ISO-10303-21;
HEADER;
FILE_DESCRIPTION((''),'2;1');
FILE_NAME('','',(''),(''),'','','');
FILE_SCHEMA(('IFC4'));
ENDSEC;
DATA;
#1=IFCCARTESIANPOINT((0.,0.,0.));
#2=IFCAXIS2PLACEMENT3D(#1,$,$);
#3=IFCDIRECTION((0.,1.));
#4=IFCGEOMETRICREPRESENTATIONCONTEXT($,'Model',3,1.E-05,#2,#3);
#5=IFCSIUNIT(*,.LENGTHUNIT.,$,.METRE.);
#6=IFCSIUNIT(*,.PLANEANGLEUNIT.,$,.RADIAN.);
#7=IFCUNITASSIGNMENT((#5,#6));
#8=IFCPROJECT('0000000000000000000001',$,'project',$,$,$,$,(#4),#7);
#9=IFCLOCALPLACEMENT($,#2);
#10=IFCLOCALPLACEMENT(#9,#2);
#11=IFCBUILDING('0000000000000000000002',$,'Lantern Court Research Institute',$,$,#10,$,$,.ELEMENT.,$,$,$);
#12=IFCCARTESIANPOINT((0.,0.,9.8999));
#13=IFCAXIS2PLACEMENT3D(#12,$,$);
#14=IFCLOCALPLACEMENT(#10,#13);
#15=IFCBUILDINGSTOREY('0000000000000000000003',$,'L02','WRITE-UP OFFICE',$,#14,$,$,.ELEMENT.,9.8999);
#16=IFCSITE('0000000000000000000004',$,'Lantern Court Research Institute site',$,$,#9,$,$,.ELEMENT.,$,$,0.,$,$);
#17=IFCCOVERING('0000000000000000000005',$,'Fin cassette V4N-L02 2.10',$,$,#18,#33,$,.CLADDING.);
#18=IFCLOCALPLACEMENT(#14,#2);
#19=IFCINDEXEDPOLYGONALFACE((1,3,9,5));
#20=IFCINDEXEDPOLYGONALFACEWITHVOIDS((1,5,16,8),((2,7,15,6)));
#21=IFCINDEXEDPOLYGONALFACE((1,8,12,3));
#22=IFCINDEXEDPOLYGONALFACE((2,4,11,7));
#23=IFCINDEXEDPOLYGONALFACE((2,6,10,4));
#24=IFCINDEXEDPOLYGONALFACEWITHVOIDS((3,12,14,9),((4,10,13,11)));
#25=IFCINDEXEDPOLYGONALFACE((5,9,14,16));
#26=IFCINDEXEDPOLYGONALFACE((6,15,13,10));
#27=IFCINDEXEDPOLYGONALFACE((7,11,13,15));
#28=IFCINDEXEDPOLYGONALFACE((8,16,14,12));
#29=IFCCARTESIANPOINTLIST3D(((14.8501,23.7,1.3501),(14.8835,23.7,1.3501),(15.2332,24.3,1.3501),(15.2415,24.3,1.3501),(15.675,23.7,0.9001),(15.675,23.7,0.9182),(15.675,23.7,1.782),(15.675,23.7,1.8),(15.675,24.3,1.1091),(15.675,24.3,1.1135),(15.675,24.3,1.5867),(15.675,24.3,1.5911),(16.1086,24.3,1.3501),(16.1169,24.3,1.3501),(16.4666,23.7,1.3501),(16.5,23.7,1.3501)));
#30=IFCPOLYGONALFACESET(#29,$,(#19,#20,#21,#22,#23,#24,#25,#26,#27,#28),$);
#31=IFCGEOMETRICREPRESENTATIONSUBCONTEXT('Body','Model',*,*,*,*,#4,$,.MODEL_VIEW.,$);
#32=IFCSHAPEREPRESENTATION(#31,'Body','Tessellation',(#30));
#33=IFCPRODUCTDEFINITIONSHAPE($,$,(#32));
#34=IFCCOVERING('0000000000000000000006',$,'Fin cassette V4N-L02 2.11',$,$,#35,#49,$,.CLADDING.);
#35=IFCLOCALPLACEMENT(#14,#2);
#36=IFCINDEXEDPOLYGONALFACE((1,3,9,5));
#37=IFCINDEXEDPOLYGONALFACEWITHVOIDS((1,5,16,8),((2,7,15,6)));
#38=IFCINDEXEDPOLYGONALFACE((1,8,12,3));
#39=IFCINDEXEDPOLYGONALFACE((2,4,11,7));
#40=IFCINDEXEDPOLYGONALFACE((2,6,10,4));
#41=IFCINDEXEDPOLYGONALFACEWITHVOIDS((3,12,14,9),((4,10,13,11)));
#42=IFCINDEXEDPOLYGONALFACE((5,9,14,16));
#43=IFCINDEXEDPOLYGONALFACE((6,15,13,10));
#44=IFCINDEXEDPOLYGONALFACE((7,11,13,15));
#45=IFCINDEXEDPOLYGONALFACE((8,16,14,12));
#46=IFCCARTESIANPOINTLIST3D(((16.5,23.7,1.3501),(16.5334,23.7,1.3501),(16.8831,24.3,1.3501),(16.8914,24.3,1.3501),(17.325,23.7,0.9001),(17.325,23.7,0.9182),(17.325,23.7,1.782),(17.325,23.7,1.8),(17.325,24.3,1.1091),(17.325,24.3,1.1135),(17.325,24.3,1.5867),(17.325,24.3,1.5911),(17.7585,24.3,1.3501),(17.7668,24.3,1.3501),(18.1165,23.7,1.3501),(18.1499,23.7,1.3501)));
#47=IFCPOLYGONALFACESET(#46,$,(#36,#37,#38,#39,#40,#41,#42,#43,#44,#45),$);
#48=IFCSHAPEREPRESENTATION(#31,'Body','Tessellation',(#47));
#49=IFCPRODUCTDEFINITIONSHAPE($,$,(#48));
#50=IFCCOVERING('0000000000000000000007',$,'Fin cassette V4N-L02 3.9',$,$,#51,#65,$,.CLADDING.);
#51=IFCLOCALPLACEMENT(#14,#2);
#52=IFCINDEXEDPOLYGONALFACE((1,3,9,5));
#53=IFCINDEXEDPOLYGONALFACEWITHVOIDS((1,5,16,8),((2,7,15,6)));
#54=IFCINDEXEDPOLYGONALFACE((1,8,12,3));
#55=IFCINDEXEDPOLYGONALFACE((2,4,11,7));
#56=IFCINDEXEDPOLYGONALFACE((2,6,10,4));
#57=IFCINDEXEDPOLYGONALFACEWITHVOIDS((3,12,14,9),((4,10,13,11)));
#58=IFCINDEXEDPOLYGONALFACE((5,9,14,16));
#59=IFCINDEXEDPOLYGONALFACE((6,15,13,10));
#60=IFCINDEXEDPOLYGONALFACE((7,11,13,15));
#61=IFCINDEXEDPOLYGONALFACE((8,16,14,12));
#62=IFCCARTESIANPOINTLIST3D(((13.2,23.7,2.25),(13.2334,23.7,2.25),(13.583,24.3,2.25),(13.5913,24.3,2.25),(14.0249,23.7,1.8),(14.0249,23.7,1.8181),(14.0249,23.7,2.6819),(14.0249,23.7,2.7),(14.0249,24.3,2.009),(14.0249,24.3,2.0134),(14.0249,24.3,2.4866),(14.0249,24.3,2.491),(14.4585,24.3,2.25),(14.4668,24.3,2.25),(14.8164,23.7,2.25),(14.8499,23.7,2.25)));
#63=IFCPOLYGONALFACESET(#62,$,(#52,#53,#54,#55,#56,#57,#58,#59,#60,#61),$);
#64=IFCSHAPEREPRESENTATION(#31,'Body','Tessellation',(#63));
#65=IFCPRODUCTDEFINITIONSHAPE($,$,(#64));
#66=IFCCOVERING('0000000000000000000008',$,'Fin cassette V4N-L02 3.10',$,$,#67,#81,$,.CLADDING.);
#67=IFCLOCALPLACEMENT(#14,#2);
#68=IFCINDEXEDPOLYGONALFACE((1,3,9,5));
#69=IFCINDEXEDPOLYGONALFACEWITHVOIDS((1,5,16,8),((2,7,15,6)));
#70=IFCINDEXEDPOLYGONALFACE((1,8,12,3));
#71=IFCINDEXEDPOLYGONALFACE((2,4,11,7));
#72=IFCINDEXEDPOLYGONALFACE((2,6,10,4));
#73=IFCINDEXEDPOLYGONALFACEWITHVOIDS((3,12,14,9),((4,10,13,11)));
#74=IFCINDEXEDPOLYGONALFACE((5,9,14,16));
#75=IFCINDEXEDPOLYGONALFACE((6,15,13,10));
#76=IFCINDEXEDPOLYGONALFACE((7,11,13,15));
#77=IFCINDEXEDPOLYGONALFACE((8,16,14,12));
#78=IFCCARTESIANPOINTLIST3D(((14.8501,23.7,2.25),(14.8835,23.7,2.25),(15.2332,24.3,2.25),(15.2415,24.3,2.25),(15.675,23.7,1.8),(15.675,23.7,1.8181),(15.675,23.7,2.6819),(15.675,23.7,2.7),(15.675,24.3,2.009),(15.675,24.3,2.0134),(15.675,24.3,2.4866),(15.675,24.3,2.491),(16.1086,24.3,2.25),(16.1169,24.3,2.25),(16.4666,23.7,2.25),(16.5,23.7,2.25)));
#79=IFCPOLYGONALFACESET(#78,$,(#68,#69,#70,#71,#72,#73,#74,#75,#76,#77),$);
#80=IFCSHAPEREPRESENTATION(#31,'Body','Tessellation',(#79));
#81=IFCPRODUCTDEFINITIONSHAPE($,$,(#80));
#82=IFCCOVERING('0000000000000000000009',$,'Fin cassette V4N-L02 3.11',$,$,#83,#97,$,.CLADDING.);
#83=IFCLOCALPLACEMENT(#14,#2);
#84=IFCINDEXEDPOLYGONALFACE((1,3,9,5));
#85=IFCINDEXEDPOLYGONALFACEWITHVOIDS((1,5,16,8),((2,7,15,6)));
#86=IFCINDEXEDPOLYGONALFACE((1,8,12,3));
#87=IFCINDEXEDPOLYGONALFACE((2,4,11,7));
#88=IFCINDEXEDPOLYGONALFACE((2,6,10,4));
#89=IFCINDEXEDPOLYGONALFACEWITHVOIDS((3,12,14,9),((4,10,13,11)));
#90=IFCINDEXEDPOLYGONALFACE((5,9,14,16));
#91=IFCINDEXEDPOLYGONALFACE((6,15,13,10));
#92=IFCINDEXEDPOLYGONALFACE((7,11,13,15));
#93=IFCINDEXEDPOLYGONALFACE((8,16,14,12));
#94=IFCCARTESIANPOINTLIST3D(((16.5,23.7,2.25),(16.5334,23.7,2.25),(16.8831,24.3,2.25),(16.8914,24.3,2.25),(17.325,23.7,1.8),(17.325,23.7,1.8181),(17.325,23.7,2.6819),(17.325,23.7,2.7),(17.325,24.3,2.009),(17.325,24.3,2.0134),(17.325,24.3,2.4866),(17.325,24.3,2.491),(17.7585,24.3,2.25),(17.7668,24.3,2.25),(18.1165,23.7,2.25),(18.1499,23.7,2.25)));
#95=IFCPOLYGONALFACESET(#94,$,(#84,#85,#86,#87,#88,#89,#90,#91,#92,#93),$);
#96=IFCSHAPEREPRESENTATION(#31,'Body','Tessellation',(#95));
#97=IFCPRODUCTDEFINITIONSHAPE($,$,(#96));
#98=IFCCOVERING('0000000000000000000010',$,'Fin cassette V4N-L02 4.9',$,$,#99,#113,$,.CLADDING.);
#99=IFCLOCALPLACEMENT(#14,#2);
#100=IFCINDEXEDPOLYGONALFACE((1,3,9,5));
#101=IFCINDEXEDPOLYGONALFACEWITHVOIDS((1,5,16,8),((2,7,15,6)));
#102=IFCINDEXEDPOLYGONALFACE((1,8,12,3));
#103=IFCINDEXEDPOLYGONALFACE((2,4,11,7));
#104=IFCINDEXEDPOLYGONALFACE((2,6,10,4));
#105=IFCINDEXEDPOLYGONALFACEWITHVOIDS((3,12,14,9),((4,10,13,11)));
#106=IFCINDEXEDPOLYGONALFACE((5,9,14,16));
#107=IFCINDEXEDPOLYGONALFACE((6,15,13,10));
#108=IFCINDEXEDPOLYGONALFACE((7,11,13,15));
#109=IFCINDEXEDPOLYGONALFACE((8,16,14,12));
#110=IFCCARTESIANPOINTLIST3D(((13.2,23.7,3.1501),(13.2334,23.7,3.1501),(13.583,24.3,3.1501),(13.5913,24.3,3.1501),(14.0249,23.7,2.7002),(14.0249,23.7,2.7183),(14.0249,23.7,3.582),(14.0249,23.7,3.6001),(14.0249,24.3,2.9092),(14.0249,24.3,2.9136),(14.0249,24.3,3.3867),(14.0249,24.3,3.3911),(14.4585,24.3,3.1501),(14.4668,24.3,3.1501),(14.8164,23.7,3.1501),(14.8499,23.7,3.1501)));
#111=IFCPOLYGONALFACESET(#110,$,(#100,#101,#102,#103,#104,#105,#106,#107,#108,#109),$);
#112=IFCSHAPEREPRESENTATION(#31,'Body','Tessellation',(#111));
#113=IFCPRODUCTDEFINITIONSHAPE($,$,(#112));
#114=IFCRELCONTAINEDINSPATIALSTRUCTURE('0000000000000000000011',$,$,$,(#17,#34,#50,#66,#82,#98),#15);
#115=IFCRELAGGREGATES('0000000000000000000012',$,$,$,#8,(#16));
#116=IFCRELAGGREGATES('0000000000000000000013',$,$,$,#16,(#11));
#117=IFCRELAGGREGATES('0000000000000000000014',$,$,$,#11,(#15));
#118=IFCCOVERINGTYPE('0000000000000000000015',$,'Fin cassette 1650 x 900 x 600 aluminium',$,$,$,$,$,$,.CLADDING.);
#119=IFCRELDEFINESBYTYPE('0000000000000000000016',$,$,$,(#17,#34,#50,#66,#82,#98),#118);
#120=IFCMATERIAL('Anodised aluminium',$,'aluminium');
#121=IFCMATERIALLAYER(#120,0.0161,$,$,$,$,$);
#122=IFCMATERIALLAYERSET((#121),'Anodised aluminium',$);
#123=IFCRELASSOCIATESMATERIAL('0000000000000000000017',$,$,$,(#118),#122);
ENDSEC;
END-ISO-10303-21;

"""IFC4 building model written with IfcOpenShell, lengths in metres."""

from ifc_helpers import new_model, entity, si_unit, direction, frame, origin, place, context, subcontext, project, spatial, material, layer, layer_set, type_object, element, save


model = new_model("IFC4")

# Units and contexts
model_context = context("Model", 3, precision=1e-05, world=origin(), true_north=direction((0.0, 1.0)))
body_context = subcontext(model_context, "Body", "Model", "MODEL_VIEW")
ifc_project = project(units=[si_unit("LENGTHUNIT", "METRE"), si_unit("PLANEANGLEUNIT", "RADIAN")], contexts=[model_context])

# Site, building, storey
site_placement = place(None, origin())
site = spatial("IfcSite", under=ifc_project, at=site_placement, Name="Lantern Court Research Institute site", CompositionType="ELEMENT", RefElevation=0.0)
building_placement = place(site_placement, origin())
building = spatial("IfcBuilding", under=site, at=building_placement, Name="Lantern Court Research Institute", CompositionType="ELEMENT")
storey_placement = place(building_placement, frame((0.0, 0.0, 9.8999)))
storey = spatial("IfcBuildingStorey", under=building, at=storey_placement, Name="L02", Description="WRITE-UP OFFICE", CompositionType="ELEMENT", Elevation=9.8999)

# Coverings
ifc_material_1 = material(Name="Anodised aluminium", Category="aluminium")
ifc_layer_1 = layer(ifc_material_1, 0.0161)
ifc_layer_set_1 = layer_set([ifc_layer_1], Name="Anodised aluminium")
covering_type = type_object("IfcCoveringType", Name="Fin cassette 1650 x 900 x 600 aluminium", PredefinedType="CLADDING", material=ifc_layer_set_1)
covering_1_placement = place(storey_placement, frame((15.675, 23.7, 1.3501), z_axis=(0.0, 1.0, 0.0), x_axis=(-1.0, 0.0, 0.0)))
cartesian_point_1 = entity("IfcCartesianPoint", [0.825, 0.0])
cartesian_point_2 = entity("IfcCartesianPoint", [0.7915, 0.0])
cartesian_point_3 = entity("IfcCartesianPoint", [0.4419, 0.0])
cartesian_point_4 = entity("IfcCartesianPoint", [0.4336, 0.0])
element("IfcCovering", 1, at=covering_1_placement, inside=storey, type_object=covering_type, Name="Fin cassette V4N-L02 2.10", PredefinedType="CLADDING", context=body_context, shape_type="SweptSolid", body=[
    entity("IfcExtrudedAreaSolidTapered", entity("IfcArbitraryProfileDefWithVoids", "AREA", None, entity("IfcPolyline", [cartesian_point_1, entity("IfcCartesianPoint", [0.0, 0.45]), entity("IfcCartesianPoint", [-0.825, 0.0]), entity("IfcCartesianPoint", [0.0, -0.45]), cartesian_point_1]), [entity("IfcPolyline", [cartesian_point_2, entity("IfcCartesianPoint", [0.0, 0.4319]), entity("IfcCartesianPoint", [-0.7915, 0.0]), entity("IfcCartesianPoint", [0.0, -0.4319]), cartesian_point_2])]), entity("IfcAxis2Placement3D", entity("IfcCartesianPoint", [0.0, 0.0, 0.0])), entity("IfcDirection", [0.0, 0.0, 1.0]), 0.6001, entity("IfcArbitraryProfileDefWithVoids", "AREA", None, entity("IfcPolyline", [cartesian_point_3, entity("IfcCartesianPoint", [0.0, 0.241]), entity("IfcCartesianPoint", [-0.4419, 0.0]), entity("IfcCartesianPoint", [0.0, -0.241]), cartesian_point_3]), [entity("IfcPolyline", [cartesian_point_4, entity("IfcCartesianPoint", [0.0, 0.2366]), entity("IfcCartesianPoint", [-0.4336, 0.0]), entity("IfcCartesianPoint", [0.0, -0.2366]), cartesian_point_4])])),
])
covering_2_placement = place(storey_placement, frame((17.325, 23.7, 1.3501), z_axis=(0.0, 1.0, 0.0), x_axis=(-1.0, 0.0, 0.0)))
cartesian_point_5 = entity("IfcCartesianPoint", [0.825, 0.0])
cartesian_point_6 = entity("IfcCartesianPoint", [0.7915, 0.0])
cartesian_point_7 = entity("IfcCartesianPoint", [0.4419, 0.0])
cartesian_point_8 = entity("IfcCartesianPoint", [0.4336, 0.0])
element("IfcCovering", 2, at=covering_2_placement, inside=storey, type_object=covering_type, Name="Fin cassette V4N-L02 2.11", PredefinedType="CLADDING", context=body_context, shape_type="SweptSolid", body=[
    entity("IfcExtrudedAreaSolidTapered", entity("IfcArbitraryProfileDefWithVoids", "AREA", None, entity("IfcPolyline", [cartesian_point_5, entity("IfcCartesianPoint", [0.0, 0.45]), entity("IfcCartesianPoint", [-0.825, 0.0]), entity("IfcCartesianPoint", [0.0, -0.45]), cartesian_point_5]), [entity("IfcPolyline", [cartesian_point_6, entity("IfcCartesianPoint", [0.0, 0.4319]), entity("IfcCartesianPoint", [-0.7915, 0.0]), entity("IfcCartesianPoint", [0.0, -0.4319]), cartesian_point_6])]), entity("IfcAxis2Placement3D", entity("IfcCartesianPoint", [0.0, 0.0, 0.0])), entity("IfcDirection", [0.0, 0.0, 1.0]), 0.6001, entity("IfcArbitraryProfileDefWithVoids", "AREA", None, entity("IfcPolyline", [cartesian_point_7, entity("IfcCartesianPoint", [0.0, 0.241]), entity("IfcCartesianPoint", [-0.4419, 0.0]), entity("IfcCartesianPoint", [0.0, -0.241]), cartesian_point_7]), [entity("IfcPolyline", [cartesian_point_8, entity("IfcCartesianPoint", [0.0, 0.2366]), entity("IfcCartesianPoint", [-0.4336, 0.0]), entity("IfcCartesianPoint", [0.0, -0.2366]), cartesian_point_8])])),
])
covering_3_placement = place(storey_placement, frame((14.0249, 23.7, 2.25), z_axis=(0.0, 1.0, 0.0), x_axis=(-1.0, 0.0, 0.0)))
cartesian_point_9 = entity("IfcCartesianPoint", [0.825, 0.0])
cartesian_point_10 = entity("IfcCartesianPoint", [0.7915, 0.0])
cartesian_point_11 = entity("IfcCartesianPoint", [0.4419, 0.0])
cartesian_point_12 = entity("IfcCartesianPoint", [0.4336, 0.0])
element("IfcCovering", 3, at=covering_3_placement, inside=storey, type_object=covering_type, Name="Fin cassette V4N-L02 3.9", PredefinedType="CLADDING", context=body_context, shape_type="SweptSolid", body=[
    entity("IfcExtrudedAreaSolidTapered", entity("IfcArbitraryProfileDefWithVoids", "AREA", None, entity("IfcPolyline", [cartesian_point_9, entity("IfcCartesianPoint", [0.0, 0.45]), entity("IfcCartesianPoint", [-0.825, 0.0]), entity("IfcCartesianPoint", [0.0, -0.45]), cartesian_point_9]), [entity("IfcPolyline", [cartesian_point_10, entity("IfcCartesianPoint", [0.0, 0.4319]), entity("IfcCartesianPoint", [-0.7915, 0.0]), entity("IfcCartesianPoint", [0.0, -0.4319]), cartesian_point_10])]), entity("IfcAxis2Placement3D", entity("IfcCartesianPoint", [0.0, 0.0, 0.0])), entity("IfcDirection", [0.0, 0.0, 1.0]), 0.6001, entity("IfcArbitraryProfileDefWithVoids", "AREA", None, entity("IfcPolyline", [cartesian_point_11, entity("IfcCartesianPoint", [0.0, 0.241]), entity("IfcCartesianPoint", [-0.4419, 0.0]), entity("IfcCartesianPoint", [0.0, -0.241]), cartesian_point_11]), [entity("IfcPolyline", [cartesian_point_12, entity("IfcCartesianPoint", [0.0, 0.2366]), entity("IfcCartesianPoint", [-0.4336, 0.0]), entity("IfcCartesianPoint", [0.0, -0.2366]), cartesian_point_12])])),
])
covering_4_placement = place(storey_placement, frame((15.675, 23.7, 2.25), z_axis=(0.0, 1.0, 0.0), x_axis=(-1.0, 0.0, 0.0)))
cartesian_point_13 = entity("IfcCartesianPoint", [0.825, 0.0])
cartesian_point_14 = entity("IfcCartesianPoint", [0.7915, 0.0])
cartesian_point_15 = entity("IfcCartesianPoint", [0.4419, 0.0])
cartesian_point_16 = entity("IfcCartesianPoint", [0.4336, 0.0])
element("IfcCovering", 4, at=covering_4_placement, inside=storey, type_object=covering_type, Name="Fin cassette V4N-L02 3.10", PredefinedType="CLADDING", context=body_context, shape_type="SweptSolid", body=[
    entity("IfcExtrudedAreaSolidTapered", entity("IfcArbitraryProfileDefWithVoids", "AREA", None, entity("IfcPolyline", [cartesian_point_13, entity("IfcCartesianPoint", [0.0, 0.45]), entity("IfcCartesianPoint", [-0.825, 0.0]), entity("IfcCartesianPoint", [0.0, -0.45]), cartesian_point_13]), [entity("IfcPolyline", [cartesian_point_14, entity("IfcCartesianPoint", [0.0, 0.4319]), entity("IfcCartesianPoint", [-0.7915, 0.0]), entity("IfcCartesianPoint", [0.0, -0.4319]), cartesian_point_14])]), entity("IfcAxis2Placement3D", entity("IfcCartesianPoint", [0.0, 0.0, 0.0])), entity("IfcDirection", [0.0, 0.0, 1.0]), 0.6001, entity("IfcArbitraryProfileDefWithVoids", "AREA", None, entity("IfcPolyline", [cartesian_point_15, entity("IfcCartesianPoint", [0.0, 0.241]), entity("IfcCartesianPoint", [-0.4419, 0.0]), entity("IfcCartesianPoint", [0.0, -0.241]), cartesian_point_15]), [entity("IfcPolyline", [cartesian_point_16, entity("IfcCartesianPoint", [0.0, 0.2366]), entity("IfcCartesianPoint", [-0.4336, 0.0]), entity("IfcCartesianPoint", [0.0, -0.2366]), cartesian_point_16])])),
])
covering_5_placement = place(storey_placement, frame((17.325, 23.7, 2.25), z_axis=(0.0, 1.0, 0.0), x_axis=(-1.0, 0.0, 0.0)))
cartesian_point_17 = entity("IfcCartesianPoint", [0.825, 0.0])
cartesian_point_18 = entity("IfcCartesianPoint", [0.7915, 0.0])
cartesian_point_19 = entity("IfcCartesianPoint", [0.4419, 0.0])
cartesian_point_20 = entity("IfcCartesianPoint", [0.4336, 0.0])
element("IfcCovering", 5, at=covering_5_placement, inside=storey, type_object=covering_type, Name="Fin cassette V4N-L02 3.11", PredefinedType="CLADDING", context=body_context, shape_type="SweptSolid", body=[
    entity("IfcExtrudedAreaSolidTapered", entity("IfcArbitraryProfileDefWithVoids", "AREA", None, entity("IfcPolyline", [cartesian_point_17, entity("IfcCartesianPoint", [0.0, 0.45]), entity("IfcCartesianPoint", [-0.825, 0.0]), entity("IfcCartesianPoint", [0.0, -0.45]), cartesian_point_17]), [entity("IfcPolyline", [cartesian_point_18, entity("IfcCartesianPoint", [0.0, 0.4319]), entity("IfcCartesianPoint", [-0.7915, 0.0]), entity("IfcCartesianPoint", [0.0, -0.4319]), cartesian_point_18])]), entity("IfcAxis2Placement3D", entity("IfcCartesianPoint", [0.0, 0.0, 0.0])), entity("IfcDirection", [0.0, 0.0, 1.0]), 0.6001, entity("IfcArbitraryProfileDefWithVoids", "AREA", None, entity("IfcPolyline", [cartesian_point_19, entity("IfcCartesianPoint", [0.0, 0.241]), entity("IfcCartesianPoint", [-0.4419, 0.0]), entity("IfcCartesianPoint", [0.0, -0.241]), cartesian_point_19]), [entity("IfcPolyline", [cartesian_point_20, entity("IfcCartesianPoint", [0.0, 0.2366]), entity("IfcCartesianPoint", [-0.4336, 0.0]), entity("IfcCartesianPoint", [0.0, -0.2366]), cartesian_point_20])])),
])
covering_6_placement = place(storey_placement, frame((14.0249, 23.7, 3.1501), z_axis=(0.0, 1.0, 0.0), x_axis=(-1.0, 0.0, 0.0)))
cartesian_point_21 = entity("IfcCartesianPoint", [0.825, 0.0])
cartesian_point_22 = entity("IfcCartesianPoint", [0.7915, 0.0])
cartesian_point_23 = entity("IfcCartesianPoint", [0.4419, 0.0])
cartesian_point_24 = entity("IfcCartesianPoint", [0.4336, 0.0])
element("IfcCovering", 6, at=covering_6_placement, inside=storey, type_object=covering_type, Name="Fin cassette V4N-L02 4.9", PredefinedType="CLADDING", context=body_context, shape_type="SweptSolid", body=[
    entity("IfcExtrudedAreaSolidTapered", entity("IfcArbitraryProfileDefWithVoids", "AREA", None, entity("IfcPolyline", [cartesian_point_21, entity("IfcCartesianPoint", [0.0, 0.45]), entity("IfcCartesianPoint", [-0.825, 0.0]), entity("IfcCartesianPoint", [0.0, -0.45]), cartesian_point_21]), [entity("IfcPolyline", [cartesian_point_22, entity("IfcCartesianPoint", [0.0, 0.4319]), entity("IfcCartesianPoint", [-0.7915, 0.0]), entity("IfcCartesianPoint", [0.0, -0.4319]), cartesian_point_22])]), entity("IfcAxis2Placement3D", entity("IfcCartesianPoint", [0.0, 0.0, 0.0])), entity("IfcDirection", [0.0, 0.0, 1.0]), 0.6001, entity("IfcArbitraryProfileDefWithVoids", "AREA", None, entity("IfcPolyline", [cartesian_point_23, entity("IfcCartesianPoint", [0.0, 0.241]), entity("IfcCartesianPoint", [-0.4419, 0.0]), entity("IfcCartesianPoint", [0.0, -0.241]), cartesian_point_23]), [entity("IfcPolyline", [cartesian_point_24, entity("IfcCartesianPoint", [0.0, 0.2366]), entity("IfcCartesianPoint", [-0.4336, 0.0]), entity("IfcCartesianPoint", [0.0, -0.2366]), cartesian_point_24])])),
])

save(model, "model.ifc")
